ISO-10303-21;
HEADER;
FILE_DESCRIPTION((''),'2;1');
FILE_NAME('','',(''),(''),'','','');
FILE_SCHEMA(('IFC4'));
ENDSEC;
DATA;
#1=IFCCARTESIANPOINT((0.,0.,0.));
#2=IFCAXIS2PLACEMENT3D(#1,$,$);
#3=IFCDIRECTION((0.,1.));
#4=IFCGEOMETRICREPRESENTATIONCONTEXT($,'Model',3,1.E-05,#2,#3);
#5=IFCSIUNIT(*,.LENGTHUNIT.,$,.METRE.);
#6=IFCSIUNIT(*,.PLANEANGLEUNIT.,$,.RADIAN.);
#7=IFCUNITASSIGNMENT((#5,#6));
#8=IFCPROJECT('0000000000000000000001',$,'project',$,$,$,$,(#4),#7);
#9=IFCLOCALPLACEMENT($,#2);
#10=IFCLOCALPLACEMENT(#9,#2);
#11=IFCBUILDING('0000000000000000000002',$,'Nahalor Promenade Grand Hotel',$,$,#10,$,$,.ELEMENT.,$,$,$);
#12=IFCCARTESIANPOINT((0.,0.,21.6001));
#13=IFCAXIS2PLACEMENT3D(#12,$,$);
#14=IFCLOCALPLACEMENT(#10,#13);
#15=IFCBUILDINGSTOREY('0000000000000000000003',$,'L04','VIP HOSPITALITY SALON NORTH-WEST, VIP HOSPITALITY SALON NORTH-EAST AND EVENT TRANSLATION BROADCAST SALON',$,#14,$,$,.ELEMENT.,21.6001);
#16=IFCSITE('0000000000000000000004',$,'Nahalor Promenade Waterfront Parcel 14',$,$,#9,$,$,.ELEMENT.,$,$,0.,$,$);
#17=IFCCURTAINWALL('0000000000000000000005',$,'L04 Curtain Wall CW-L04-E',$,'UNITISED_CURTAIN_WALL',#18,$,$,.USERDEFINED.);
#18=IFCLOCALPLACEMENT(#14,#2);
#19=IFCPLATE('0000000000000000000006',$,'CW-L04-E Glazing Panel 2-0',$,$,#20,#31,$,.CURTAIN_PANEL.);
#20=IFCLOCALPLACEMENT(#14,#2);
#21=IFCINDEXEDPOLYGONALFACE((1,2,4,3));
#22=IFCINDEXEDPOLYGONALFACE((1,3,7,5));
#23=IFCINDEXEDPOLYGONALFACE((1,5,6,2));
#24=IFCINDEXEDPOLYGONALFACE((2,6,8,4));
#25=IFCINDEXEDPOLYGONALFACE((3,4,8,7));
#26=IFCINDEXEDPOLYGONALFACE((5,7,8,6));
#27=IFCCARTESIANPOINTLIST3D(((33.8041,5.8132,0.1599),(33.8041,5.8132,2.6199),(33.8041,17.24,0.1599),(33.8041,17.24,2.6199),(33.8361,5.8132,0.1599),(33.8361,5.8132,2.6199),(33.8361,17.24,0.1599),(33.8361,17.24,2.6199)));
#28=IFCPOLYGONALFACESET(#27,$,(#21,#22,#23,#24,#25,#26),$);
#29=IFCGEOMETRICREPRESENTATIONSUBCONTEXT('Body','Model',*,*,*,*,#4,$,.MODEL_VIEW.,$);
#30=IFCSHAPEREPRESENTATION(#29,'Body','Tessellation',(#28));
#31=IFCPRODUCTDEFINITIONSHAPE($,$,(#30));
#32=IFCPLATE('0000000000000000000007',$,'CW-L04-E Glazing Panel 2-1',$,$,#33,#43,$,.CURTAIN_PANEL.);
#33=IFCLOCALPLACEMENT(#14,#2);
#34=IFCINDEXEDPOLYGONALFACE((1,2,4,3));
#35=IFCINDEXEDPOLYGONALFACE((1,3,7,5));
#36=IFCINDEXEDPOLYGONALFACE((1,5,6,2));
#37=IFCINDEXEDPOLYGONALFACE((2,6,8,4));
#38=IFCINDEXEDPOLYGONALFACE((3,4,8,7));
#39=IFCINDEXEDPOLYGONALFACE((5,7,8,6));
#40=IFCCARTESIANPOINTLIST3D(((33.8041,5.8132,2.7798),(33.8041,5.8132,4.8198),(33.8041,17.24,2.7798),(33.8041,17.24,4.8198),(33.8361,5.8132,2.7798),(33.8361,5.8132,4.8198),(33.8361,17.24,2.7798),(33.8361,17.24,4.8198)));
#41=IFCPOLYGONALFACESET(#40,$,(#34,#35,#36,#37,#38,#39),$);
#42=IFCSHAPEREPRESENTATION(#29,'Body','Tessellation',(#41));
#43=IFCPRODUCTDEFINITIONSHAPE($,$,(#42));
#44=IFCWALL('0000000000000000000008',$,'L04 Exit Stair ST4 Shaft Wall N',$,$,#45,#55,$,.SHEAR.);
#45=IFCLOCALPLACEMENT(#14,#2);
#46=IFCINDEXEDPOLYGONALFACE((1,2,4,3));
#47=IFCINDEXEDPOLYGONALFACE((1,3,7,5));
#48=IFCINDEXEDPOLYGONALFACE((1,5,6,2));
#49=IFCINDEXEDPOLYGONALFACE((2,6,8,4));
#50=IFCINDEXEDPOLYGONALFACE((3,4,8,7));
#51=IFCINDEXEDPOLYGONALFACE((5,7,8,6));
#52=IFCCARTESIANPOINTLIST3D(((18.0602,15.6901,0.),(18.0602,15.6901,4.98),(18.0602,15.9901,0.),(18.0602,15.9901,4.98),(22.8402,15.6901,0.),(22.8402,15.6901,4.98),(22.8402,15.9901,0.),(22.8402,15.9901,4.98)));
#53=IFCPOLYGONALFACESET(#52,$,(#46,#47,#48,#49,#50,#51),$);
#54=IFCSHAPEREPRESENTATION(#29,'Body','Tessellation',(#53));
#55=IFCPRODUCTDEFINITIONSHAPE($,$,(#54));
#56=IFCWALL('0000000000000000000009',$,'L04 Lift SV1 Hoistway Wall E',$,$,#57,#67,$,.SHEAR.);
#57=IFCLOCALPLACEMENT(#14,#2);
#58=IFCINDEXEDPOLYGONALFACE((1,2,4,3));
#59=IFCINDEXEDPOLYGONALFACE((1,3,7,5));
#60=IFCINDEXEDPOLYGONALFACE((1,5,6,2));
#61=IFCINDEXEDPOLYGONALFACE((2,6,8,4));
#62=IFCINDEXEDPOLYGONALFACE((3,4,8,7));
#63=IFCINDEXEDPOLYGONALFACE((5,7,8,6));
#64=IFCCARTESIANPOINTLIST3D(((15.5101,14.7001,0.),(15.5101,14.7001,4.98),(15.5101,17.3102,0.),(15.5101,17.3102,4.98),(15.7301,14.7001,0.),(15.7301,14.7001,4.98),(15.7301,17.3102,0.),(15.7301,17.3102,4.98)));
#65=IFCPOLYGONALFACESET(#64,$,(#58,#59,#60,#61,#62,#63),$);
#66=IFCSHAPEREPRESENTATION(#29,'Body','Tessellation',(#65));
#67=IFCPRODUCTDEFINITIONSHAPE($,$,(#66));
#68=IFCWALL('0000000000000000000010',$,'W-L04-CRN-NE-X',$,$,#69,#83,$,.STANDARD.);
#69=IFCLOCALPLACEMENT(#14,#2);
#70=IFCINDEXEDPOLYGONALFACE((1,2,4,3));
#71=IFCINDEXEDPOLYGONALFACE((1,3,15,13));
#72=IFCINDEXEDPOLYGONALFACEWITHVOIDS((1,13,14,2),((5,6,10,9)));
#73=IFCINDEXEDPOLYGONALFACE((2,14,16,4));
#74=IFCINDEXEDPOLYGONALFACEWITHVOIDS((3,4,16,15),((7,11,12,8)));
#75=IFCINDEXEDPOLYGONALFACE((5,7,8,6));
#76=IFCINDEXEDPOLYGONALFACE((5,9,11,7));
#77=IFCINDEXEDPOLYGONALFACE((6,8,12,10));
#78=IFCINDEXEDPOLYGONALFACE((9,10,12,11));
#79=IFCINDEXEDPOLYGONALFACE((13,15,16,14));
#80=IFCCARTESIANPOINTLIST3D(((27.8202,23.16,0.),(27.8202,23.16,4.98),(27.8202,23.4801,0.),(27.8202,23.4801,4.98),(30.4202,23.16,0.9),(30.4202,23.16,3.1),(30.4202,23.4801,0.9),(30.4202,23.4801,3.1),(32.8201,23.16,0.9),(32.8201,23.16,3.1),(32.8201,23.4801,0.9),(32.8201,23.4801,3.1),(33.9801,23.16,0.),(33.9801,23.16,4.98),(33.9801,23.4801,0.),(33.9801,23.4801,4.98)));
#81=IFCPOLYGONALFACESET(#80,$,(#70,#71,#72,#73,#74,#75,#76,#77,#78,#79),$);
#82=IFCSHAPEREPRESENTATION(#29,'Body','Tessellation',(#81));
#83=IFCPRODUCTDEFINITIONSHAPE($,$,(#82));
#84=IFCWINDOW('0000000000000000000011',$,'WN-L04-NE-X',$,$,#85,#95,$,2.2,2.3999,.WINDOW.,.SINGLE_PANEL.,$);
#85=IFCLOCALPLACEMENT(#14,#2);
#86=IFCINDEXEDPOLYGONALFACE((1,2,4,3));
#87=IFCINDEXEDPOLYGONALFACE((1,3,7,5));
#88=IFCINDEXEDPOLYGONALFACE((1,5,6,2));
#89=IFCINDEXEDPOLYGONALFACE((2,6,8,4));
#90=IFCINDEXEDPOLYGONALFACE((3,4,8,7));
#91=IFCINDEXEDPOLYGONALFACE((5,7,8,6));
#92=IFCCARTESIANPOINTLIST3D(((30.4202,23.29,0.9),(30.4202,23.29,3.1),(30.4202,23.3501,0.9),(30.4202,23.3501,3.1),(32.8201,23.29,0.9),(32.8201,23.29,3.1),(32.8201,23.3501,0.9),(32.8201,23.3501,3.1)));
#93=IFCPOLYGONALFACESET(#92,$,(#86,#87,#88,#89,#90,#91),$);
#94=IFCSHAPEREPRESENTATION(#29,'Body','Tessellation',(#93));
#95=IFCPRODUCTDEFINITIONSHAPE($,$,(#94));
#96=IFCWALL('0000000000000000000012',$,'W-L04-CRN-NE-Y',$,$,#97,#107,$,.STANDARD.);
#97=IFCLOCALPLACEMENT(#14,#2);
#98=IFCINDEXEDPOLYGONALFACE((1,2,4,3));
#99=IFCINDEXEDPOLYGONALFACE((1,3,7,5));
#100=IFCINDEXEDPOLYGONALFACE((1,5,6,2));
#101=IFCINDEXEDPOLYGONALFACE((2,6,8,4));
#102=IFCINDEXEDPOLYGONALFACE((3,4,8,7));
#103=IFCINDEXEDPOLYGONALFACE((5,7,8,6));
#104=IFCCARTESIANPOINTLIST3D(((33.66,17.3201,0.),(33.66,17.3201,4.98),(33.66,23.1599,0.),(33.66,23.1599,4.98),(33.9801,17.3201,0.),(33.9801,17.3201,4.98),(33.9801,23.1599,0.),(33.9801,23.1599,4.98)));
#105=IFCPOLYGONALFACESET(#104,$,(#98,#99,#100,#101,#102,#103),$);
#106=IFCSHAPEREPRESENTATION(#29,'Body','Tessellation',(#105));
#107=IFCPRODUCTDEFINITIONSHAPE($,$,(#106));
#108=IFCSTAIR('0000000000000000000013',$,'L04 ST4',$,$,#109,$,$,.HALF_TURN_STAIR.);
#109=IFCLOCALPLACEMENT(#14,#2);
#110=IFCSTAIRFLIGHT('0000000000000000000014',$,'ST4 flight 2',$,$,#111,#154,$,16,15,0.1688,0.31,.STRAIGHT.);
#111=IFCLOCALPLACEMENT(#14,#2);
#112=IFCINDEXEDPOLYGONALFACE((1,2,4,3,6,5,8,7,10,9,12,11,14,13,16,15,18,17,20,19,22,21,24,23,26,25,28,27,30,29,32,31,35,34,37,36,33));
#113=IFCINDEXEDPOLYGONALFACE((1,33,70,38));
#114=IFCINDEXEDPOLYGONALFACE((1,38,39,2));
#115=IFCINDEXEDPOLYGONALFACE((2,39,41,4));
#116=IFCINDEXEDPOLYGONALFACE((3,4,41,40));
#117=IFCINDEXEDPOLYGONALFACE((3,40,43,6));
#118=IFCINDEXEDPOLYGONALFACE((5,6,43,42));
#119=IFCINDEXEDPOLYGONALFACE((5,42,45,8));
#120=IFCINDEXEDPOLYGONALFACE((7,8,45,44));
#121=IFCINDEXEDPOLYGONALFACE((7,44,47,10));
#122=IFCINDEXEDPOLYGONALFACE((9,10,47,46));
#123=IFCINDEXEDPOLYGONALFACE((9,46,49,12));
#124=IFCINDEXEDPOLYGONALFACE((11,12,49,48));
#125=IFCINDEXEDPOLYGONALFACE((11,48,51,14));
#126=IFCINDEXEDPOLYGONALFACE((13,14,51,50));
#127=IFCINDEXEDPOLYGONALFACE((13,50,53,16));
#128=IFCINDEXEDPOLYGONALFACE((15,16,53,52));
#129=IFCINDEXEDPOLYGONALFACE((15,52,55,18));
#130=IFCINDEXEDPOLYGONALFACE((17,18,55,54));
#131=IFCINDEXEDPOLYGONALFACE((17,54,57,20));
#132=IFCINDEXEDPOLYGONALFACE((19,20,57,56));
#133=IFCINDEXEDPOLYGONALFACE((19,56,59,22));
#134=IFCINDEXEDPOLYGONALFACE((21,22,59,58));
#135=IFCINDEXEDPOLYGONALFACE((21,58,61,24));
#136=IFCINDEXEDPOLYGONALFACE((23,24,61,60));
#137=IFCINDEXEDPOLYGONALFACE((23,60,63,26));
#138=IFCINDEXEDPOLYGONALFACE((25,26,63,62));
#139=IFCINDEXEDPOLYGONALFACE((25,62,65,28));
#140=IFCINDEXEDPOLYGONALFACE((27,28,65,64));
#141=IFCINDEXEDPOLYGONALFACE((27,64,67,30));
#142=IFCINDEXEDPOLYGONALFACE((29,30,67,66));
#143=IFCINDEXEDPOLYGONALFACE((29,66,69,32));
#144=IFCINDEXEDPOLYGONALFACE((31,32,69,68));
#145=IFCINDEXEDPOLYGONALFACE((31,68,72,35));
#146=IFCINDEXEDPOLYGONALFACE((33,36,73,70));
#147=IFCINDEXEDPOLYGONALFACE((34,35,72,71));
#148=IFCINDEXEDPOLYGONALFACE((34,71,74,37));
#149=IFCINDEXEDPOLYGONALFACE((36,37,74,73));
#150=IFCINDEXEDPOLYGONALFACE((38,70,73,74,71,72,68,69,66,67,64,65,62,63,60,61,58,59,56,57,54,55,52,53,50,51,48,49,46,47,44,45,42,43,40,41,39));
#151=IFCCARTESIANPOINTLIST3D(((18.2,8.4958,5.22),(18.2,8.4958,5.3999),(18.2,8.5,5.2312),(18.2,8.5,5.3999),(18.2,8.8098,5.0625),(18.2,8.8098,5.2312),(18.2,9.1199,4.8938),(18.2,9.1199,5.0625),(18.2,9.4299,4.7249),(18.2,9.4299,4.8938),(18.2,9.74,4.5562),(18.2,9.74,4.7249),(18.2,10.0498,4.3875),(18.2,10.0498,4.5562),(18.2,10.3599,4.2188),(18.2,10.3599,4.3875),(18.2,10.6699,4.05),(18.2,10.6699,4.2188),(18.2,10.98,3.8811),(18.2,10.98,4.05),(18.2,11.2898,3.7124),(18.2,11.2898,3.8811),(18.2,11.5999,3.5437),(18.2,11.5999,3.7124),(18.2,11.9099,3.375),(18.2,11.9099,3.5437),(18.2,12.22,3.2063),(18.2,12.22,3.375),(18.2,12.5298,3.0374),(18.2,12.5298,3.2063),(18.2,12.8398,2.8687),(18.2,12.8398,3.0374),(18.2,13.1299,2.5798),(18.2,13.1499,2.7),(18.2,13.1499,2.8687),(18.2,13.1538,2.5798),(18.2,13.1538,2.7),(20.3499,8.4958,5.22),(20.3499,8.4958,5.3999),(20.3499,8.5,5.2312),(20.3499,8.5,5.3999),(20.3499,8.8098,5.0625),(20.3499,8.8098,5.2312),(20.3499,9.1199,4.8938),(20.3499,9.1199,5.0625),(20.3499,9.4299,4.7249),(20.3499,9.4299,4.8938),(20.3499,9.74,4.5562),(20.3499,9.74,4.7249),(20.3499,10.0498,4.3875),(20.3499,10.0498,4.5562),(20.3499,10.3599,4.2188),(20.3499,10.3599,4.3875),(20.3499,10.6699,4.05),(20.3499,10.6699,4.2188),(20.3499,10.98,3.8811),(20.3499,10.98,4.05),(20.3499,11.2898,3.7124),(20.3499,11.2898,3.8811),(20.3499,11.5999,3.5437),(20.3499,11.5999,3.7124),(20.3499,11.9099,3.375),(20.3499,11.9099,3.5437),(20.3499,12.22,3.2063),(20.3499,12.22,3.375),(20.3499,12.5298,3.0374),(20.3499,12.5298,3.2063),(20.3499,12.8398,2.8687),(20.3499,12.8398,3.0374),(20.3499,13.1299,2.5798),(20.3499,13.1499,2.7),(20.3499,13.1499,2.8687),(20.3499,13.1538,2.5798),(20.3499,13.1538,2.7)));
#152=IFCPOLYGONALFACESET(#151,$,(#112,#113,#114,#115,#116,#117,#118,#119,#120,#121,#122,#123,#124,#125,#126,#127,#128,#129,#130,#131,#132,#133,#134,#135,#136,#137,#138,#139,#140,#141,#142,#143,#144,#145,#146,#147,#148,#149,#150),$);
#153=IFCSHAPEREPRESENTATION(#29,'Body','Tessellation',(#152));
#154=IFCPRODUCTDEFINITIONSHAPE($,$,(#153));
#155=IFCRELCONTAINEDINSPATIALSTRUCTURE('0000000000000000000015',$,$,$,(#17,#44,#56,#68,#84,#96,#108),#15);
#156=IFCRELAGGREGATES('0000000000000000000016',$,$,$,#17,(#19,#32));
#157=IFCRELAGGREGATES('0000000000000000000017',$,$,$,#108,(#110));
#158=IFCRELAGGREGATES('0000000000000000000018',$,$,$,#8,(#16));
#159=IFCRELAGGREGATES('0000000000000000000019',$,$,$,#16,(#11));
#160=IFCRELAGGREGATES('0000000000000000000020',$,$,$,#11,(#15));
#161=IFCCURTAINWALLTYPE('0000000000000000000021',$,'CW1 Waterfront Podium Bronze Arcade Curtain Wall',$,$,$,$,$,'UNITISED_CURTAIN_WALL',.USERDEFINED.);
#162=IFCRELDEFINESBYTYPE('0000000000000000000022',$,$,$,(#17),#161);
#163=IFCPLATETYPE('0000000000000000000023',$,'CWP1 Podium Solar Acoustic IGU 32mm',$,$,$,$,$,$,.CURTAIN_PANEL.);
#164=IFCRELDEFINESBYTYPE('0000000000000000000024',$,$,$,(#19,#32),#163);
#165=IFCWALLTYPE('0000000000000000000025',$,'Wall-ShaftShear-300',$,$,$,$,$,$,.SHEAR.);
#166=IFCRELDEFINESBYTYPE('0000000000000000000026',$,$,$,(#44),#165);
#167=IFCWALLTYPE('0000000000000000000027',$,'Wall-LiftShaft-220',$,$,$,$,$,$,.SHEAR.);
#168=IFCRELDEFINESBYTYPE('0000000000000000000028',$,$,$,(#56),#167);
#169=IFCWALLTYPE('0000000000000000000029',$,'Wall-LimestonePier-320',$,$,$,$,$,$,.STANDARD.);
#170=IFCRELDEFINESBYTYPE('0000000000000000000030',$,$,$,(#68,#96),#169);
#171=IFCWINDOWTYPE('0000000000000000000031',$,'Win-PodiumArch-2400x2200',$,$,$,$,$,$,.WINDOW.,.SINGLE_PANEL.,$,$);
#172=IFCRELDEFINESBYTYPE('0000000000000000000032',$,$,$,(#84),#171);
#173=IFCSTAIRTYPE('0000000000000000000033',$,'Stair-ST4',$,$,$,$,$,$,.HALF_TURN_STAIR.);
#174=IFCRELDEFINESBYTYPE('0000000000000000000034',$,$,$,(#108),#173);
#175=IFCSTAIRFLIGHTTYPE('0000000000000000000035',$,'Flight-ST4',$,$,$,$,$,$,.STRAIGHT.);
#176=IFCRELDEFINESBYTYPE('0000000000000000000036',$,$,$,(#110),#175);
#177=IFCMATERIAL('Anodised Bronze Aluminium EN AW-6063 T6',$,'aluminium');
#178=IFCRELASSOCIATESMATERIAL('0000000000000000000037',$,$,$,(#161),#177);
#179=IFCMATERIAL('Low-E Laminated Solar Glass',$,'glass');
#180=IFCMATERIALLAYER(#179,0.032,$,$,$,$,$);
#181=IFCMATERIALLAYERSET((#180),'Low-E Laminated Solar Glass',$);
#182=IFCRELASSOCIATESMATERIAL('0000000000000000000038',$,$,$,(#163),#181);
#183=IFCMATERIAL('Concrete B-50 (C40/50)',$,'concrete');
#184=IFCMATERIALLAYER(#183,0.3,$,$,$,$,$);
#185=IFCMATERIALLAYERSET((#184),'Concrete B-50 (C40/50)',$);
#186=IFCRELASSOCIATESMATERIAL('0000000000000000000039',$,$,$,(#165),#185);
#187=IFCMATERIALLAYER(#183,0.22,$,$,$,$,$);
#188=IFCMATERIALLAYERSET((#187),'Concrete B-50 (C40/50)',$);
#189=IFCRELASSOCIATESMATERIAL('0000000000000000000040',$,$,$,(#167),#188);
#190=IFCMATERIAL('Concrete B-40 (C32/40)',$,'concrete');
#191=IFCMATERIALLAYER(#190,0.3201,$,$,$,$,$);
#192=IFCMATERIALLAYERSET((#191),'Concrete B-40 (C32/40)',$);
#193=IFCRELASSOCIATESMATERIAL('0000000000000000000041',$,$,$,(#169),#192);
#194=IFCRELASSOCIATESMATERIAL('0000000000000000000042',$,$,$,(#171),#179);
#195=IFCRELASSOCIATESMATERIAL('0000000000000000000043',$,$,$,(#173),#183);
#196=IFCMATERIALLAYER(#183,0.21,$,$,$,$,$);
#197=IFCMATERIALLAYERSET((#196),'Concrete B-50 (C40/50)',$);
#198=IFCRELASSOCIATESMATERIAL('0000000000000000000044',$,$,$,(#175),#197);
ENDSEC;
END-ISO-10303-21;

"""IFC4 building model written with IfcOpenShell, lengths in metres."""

from ifc_helpers import new_model, si_unit, direction, frame, frame_2d, origin, origin_2d, place, context, subcontext, project, spatial, polyline, rectangle, outline, extrude, source, transform, mapped, material, layer, layer_set, type_object, element, fill, aggregate, save


model = new_model("IFC4")

# Units and contexts
model_context = context("Model", 3, precision=1e-05, world=origin(), true_north=direction((0.0, 1.0)))
body_context = subcontext(model_context, "Body", "Model", "MODEL_VIEW")
ifc_project = project(units=[si_unit("LENGTHUNIT", "METRE"), si_unit("PLANEANGLEUNIT", "RADIAN")], contexts=[model_context])

# Site, building, storey
site_placement = place(None, origin())
site = spatial("IfcSite", under=ifc_project, at=site_placement, Name="Nahalor Promenade Waterfront Parcel 14", CompositionType="ELEMENT", RefElevation=0.0)
building_placement = place(site_placement, origin())
building = spatial("IfcBuilding", under=site, at=building_placement, Name="Nahalor Promenade Grand Hotel", CompositionType="ELEMENT")
storey_placement = place(building_placement, frame((0.0, 0.0, 21.6001)))
storey = spatial("IfcBuildingStorey", under=building, at=storey_placement, Name="L04", Description="VIP HOSPITALITY SALON NORTH-WEST, VIP HOSPITALITY SALON NORTH-EAST AND EVENT TRANSLATION BROADCAST SALON", CompositionType="ELEMENT", Elevation=21.6001)

# Shared definitions
ifc_material_1 = material(Name="Anodised Bronze Aluminium EN AW-6063 T6", Category="aluminium")
curtain_wall_type = type_object("IfcCurtainWallType", Name="CW1 Waterfront Podium Bronze Arcade Curtain Wall", ElementType="UNITISED_CURTAIN_WALL", PredefinedType="USERDEFINED", material=ifc_material_1)

# Curtain wall
curtain_wall_1_placement = place(storey_placement, origin())
curtain_wall_1 = element("IfcCurtainWall", 1, at=curtain_wall_1_placement, inside=storey, type_object=curtain_wall_type, Name="L04 Curtain Wall CW-L04-E", ObjectType="UNITISED_CURTAIN_WALL", PredefinedType="USERDEFINED")

# Plates
ifc_material_2 = material(Name="Low-E Laminated Solar Glass", Category="glass")
ifc_layer_1 = layer(ifc_material_2, 0.032)
ifc_layer_set_1 = layer_set([ifc_layer_1], Name="Low-E Laminated Solar Glass")
plate_type = type_object("IfcPlateType", Name="CWP1 Podium Solar Acoustic IGU 32mm", PredefinedType="CURTAIN_PANEL", material=ifc_layer_set_1)
shared_shape_1 = source(origin(), body_context, "Body", "SweptSolid", [
    extrude(rectangle(XDim=11.4268, YDim=0.032, at=origin_2d()), origin(), (0.0, 0.0, 1.0), 2.46),
])
plate_1_placement = place(storey_placement, frame((33.8201, 11.5266, 0.1599), z_axis=(0.0, 0.0, 1.0), x_axis=(0.0, 1.0, 0.0)))
plate_1 = element("IfcPlate", 2, at=plate_1_placement, type_object=plate_type, Name="CW-L04-E Glazing Panel 2-0", PredefinedType="CURTAIN_PANEL", context=body_context, shape_type="MappedRepresentation", body=[
    mapped(shared_shape_1, transform((0.0, 0.0, 0.0), scale=1.0)),
])
shared_shape_2 = source(origin(), body_context, "Body", "SweptSolid", [
    extrude(rectangle(XDim=11.4268, YDim=0.032, at=origin_2d()), origin(), (0.0, 0.0, 1.0), 2.04),
])
plate_2_placement = place(storey_placement, frame((33.8201, 11.5266, 2.7798), z_axis=(0.0, 0.0, 1.0), x_axis=(0.0, 1.0, 0.0)))
plate_2 = element("IfcPlate", 3, at=plate_2_placement, type_object=plate_type, Name="CW-L04-E Glazing Panel 2-1", PredefinedType="CURTAIN_PANEL", context=body_context, shape_type="MappedRepresentation", body=[
    mapped(shared_shape_2, transform((0.0, 0.0, 0.0), scale=1.0)),
])
aggregate(curtain_wall_1, [plate_1, plate_2])

# Walls
ifc_material_3 = material(Name="Concrete B-50 (C40/50)", Category="concrete")
ifc_layer_2 = layer(ifc_material_3, 0.3)
ifc_layer_set_2 = layer_set([ifc_layer_2], Name="Concrete B-50 (C40/50)")
wall_type_1 = type_object("IfcWallType", Name="Wall-ShaftShear-300", PredefinedType="SHEAR", material=ifc_layer_set_2)
shared_shape_3 = source(origin(), body_context, "Body", "SweptSolid", [
    extrude(rectangle(XDim=4.78, YDim=0.3, at=frame_2d((2.3901, 0.0))), origin(), (0.0, 0.0, 1.0), 4.98),
])
wall_1_placement = place(storey_placement, frame((18.0601, 15.8401, 0.0), z_axis=(0.0, 0.0, 1.0), x_axis=(1.0, 0.0, 0.0)))
element("IfcWall", 4, at=wall_1_placement, inside=storey, type_object=wall_type_1, Name="L04 Exit Stair ST4 Shaft Wall N", PredefinedType="SHEAR", context=body_context, shape_type="MappedRepresentation", body=[
    mapped(shared_shape_3, transform((0.0, 0.0, 0.0), scale=1.0)),
])
ifc_layer_3 = layer(ifc_material_3, 0.22)
ifc_layer_set_3 = layer_set([ifc_layer_3], Name="Concrete B-50 (C40/50)")
wall_type_2 = type_object("IfcWallType", Name="Wall-LiftShaft-220", PredefinedType="SHEAR", material=ifc_layer_set_3)
shared_shape_4 = source(origin(), body_context, "Body", "SweptSolid", [
    extrude(rectangle(XDim=2.6101, YDim=0.22, at=frame_2d((1.3052, 0.0))), origin(), (0.0, 0.0, 1.0), 4.98),
])
wall_2_placement = place(storey_placement, frame((15.6201, 14.7, 0.0), z_axis=(0.0, 0.0, 1.0), x_axis=(0.0, 1.0, 0.0)))
element("IfcWall", 5, at=wall_2_placement, inside=storey, type_object=wall_type_2, Name="L04 Lift SV1 Hoistway Wall E", PredefinedType="SHEAR", context=body_context, shape_type="MappedRepresentation", body=[
    mapped(shared_shape_4, transform((0.0, 0.0, 0.0), scale=1.0)),
])

# Wall, opening, window
ifc_material_4 = material(Name="Concrete B-40 (C32/40)", Category="concrete")
ifc_layer_4 = layer(ifc_material_4, 0.3201)
ifc_layer_set_4 = layer_set([ifc_layer_4], Name="Concrete B-40 (C32/40)")
wall_type_3 = type_object("IfcWallType", Name="Wall-LimestonePier-320", PredefinedType="STANDARD", material=ifc_layer_set_4)
shared_shape_5 = source(origin(), body_context, "Body", "SweptSolid", [
    extrude(rectangle(XDim=6.1599, YDim=0.3201, at=frame_2d((3.0801, 0.0))), origin(), (0.0, 0.0, 1.0), 4.98),
])
wall_3_placement = place(storey_placement, frame((27.8201, 23.3201, 0.0), z_axis=(0.0, 0.0, 1.0), x_axis=(1.0, 0.0, 0.0)))
wall_3 = element("IfcWall", 6, at=wall_3_placement, inside=storey, type_object=wall_type_3, Name="W-L04-CRN-NE-X", PredefinedType="STANDARD", context=body_context, shape_type="MappedRepresentation", body=[
    mapped(shared_shape_5, transform((0.0, 0.0, 0.0), scale=1.0)),
])
opening_placement = place(wall_3_placement, frame((2.6001, 0.0, 0.8999)))
opening = element("IfcOpeningElement", 7, at=opening_placement, cuts=wall_3, PredefinedType="OPENING", context=body_context, shape_type="SweptSolid", body=[
    extrude(rectangle(XDim=2.3999, YDim=2.2, at=frame_2d((1.2, 1.1001))), frame((0.0, 0.1699, 0.0), z_axis=(0.0, -1.0, 0.0), x_axis=(1.0, 0.0, 0.0)), (0.0, 0.0, 1.0), 0.3401),
])
window_type = type_object("IfcWindowType", Name="Win-PodiumArch-2400x2200", PartitioningType="SINGLE_PANEL", PredefinedType="WINDOW", material=ifc_material_2)
shared_shape_6 = source(origin(), body_context, "Body", "SweptSolid", [
    extrude(rectangle(XDim=2.3999, YDim=2.2, at=frame_2d((1.2, 1.1001))), frame((0.0, 0.03, 0.0), z_axis=(0.0, -1.0, 0.0), x_axis=(1.0, 0.0, 0.0)), (0.0, 0.0, 1.0), 0.0601),
])
window_placement = place(opening_placement, origin())
window = element("IfcWindow", 8, at=window_placement, inside=storey, type_object=window_type, Name="WN-L04-NE-X", OverallHeight=2.2, OverallWidth=2.3999, PartitioningType="SINGLE_PANEL", PredefinedType="WINDOW", context=body_context, shape_type="MappedRepresentation", body=[
    mapped(shared_shape_6, transform((0.0, 0.0, 0.0), scale=1.0)),
])
fill(opening, window)

# Wall
shared_shape_7 = source(origin(), body_context, "Body", "SweptSolid", [
    extrude(rectangle(XDim=5.8398, YDim=0.3201, at=frame_2d((2.9199, 0.0))), origin(), (0.0, 0.0, 1.0), 4.98),
])
wall_4_placement = place(storey_placement, frame((33.8201, 17.3201, 0.0), z_axis=(0.0, 0.0, 1.0), x_axis=(0.0, 1.0, 0.0)))
element("IfcWall", 9, at=wall_4_placement, inside=storey, type_object=wall_type_3, Name="W-L04-CRN-NE-Y", PredefinedType="STANDARD", context=body_context, shape_type="MappedRepresentation", body=[
    mapped(shared_shape_7, transform((0.0, 0.0, 0.0), scale=1.0)),
])

# Stair, stair flight
stair_type = type_object("IfcStairType", Name="Stair-ST4", PredefinedType="HALF_TURN_STAIR", material=ifc_material_3)
stair_placement = place(storey_placement, origin())
stair = element("IfcStair", 10, at=stair_placement, inside=storey, type_object=stair_type, Name="L04 ST4", PredefinedType="HALF_TURN_STAIR")
ifc_layer_5 = layer(ifc_material_3, 0.21)
ifc_layer_set_5 = layer_set([ifc_layer_5], Name="Concrete B-50 (C40/50)")
stair_flight_type = type_object("IfcStairFlightType", Name="Flight-ST4", PredefinedType="STRAIGHT", material=ifc_layer_set_5)
shared_shape_8 = source(origin(), body_context, "Body", "SweptSolid", [
    extrude(outline(polyline([(-0.0039, -0.1201), (-0.0039, 0.0), (0.0, 0.0), (0.0, 0.1687), (0.3101, 0.1687), (0.3101, 0.3374), (0.6201, 0.3374), (0.6201, 0.5063), (0.9299, 0.5063), (0.9299, 0.675), (1.24, 0.675), (1.24, 0.8438), (1.55, 0.8438), (1.55, 1.0125), (1.8601, 1.0125), (1.8601, 1.1812), (2.1699, 1.1812), (2.1699, 1.3501), (2.48, 1.3501), (2.48, 1.5188), (2.79, 1.5188), (2.79, 1.6875), (3.1001, 1.6875), (3.1001, 1.8562), (3.4099, 1.8562), (3.4099, 2.0249), (3.72, 2.0249), (3.72, 2.1938), (4.03, 2.1938), (4.03, 2.3625), (4.3401, 2.3625), (4.3401, 2.5312), (4.6499, 2.5312), (4.6499, 2.7), (4.6541, 2.7), (4.6541, 2.52), (0.02, -0.1201), (-0.0039, -0.1201)])), frame((0.0, 1.075, 0.0), z_axis=(0.0, -1.0, 0.0), x_axis=(1.0, 0.0, 0.0)), (0.0, 0.0, 1.0), 2.1499),
])
stair_flight_placement = place(storey_placement, frame((19.2749, 13.1499, 2.7), z_axis=(0.0, 0.0, 1.0), x_axis=(0.0, -1.0, 0.0)))
stair_flight = element("IfcStairFlight", 11, at=stair_flight_placement, type_object=stair_flight_type, Name="ST4 flight 2", NumberOfRisers=16, NumberOfTreads=15, PredefinedType="STRAIGHT", RiserHeight=0.1688, TreadLength=0.31, context=body_context, shape_type="MappedRepresentation", body=[
    mapped(shared_shape_8, transform((0.0, 0.0, 0.0), scale=1.0)),
])
aggregate(stair, [stair_flight])

save(model, "model.ifc")
